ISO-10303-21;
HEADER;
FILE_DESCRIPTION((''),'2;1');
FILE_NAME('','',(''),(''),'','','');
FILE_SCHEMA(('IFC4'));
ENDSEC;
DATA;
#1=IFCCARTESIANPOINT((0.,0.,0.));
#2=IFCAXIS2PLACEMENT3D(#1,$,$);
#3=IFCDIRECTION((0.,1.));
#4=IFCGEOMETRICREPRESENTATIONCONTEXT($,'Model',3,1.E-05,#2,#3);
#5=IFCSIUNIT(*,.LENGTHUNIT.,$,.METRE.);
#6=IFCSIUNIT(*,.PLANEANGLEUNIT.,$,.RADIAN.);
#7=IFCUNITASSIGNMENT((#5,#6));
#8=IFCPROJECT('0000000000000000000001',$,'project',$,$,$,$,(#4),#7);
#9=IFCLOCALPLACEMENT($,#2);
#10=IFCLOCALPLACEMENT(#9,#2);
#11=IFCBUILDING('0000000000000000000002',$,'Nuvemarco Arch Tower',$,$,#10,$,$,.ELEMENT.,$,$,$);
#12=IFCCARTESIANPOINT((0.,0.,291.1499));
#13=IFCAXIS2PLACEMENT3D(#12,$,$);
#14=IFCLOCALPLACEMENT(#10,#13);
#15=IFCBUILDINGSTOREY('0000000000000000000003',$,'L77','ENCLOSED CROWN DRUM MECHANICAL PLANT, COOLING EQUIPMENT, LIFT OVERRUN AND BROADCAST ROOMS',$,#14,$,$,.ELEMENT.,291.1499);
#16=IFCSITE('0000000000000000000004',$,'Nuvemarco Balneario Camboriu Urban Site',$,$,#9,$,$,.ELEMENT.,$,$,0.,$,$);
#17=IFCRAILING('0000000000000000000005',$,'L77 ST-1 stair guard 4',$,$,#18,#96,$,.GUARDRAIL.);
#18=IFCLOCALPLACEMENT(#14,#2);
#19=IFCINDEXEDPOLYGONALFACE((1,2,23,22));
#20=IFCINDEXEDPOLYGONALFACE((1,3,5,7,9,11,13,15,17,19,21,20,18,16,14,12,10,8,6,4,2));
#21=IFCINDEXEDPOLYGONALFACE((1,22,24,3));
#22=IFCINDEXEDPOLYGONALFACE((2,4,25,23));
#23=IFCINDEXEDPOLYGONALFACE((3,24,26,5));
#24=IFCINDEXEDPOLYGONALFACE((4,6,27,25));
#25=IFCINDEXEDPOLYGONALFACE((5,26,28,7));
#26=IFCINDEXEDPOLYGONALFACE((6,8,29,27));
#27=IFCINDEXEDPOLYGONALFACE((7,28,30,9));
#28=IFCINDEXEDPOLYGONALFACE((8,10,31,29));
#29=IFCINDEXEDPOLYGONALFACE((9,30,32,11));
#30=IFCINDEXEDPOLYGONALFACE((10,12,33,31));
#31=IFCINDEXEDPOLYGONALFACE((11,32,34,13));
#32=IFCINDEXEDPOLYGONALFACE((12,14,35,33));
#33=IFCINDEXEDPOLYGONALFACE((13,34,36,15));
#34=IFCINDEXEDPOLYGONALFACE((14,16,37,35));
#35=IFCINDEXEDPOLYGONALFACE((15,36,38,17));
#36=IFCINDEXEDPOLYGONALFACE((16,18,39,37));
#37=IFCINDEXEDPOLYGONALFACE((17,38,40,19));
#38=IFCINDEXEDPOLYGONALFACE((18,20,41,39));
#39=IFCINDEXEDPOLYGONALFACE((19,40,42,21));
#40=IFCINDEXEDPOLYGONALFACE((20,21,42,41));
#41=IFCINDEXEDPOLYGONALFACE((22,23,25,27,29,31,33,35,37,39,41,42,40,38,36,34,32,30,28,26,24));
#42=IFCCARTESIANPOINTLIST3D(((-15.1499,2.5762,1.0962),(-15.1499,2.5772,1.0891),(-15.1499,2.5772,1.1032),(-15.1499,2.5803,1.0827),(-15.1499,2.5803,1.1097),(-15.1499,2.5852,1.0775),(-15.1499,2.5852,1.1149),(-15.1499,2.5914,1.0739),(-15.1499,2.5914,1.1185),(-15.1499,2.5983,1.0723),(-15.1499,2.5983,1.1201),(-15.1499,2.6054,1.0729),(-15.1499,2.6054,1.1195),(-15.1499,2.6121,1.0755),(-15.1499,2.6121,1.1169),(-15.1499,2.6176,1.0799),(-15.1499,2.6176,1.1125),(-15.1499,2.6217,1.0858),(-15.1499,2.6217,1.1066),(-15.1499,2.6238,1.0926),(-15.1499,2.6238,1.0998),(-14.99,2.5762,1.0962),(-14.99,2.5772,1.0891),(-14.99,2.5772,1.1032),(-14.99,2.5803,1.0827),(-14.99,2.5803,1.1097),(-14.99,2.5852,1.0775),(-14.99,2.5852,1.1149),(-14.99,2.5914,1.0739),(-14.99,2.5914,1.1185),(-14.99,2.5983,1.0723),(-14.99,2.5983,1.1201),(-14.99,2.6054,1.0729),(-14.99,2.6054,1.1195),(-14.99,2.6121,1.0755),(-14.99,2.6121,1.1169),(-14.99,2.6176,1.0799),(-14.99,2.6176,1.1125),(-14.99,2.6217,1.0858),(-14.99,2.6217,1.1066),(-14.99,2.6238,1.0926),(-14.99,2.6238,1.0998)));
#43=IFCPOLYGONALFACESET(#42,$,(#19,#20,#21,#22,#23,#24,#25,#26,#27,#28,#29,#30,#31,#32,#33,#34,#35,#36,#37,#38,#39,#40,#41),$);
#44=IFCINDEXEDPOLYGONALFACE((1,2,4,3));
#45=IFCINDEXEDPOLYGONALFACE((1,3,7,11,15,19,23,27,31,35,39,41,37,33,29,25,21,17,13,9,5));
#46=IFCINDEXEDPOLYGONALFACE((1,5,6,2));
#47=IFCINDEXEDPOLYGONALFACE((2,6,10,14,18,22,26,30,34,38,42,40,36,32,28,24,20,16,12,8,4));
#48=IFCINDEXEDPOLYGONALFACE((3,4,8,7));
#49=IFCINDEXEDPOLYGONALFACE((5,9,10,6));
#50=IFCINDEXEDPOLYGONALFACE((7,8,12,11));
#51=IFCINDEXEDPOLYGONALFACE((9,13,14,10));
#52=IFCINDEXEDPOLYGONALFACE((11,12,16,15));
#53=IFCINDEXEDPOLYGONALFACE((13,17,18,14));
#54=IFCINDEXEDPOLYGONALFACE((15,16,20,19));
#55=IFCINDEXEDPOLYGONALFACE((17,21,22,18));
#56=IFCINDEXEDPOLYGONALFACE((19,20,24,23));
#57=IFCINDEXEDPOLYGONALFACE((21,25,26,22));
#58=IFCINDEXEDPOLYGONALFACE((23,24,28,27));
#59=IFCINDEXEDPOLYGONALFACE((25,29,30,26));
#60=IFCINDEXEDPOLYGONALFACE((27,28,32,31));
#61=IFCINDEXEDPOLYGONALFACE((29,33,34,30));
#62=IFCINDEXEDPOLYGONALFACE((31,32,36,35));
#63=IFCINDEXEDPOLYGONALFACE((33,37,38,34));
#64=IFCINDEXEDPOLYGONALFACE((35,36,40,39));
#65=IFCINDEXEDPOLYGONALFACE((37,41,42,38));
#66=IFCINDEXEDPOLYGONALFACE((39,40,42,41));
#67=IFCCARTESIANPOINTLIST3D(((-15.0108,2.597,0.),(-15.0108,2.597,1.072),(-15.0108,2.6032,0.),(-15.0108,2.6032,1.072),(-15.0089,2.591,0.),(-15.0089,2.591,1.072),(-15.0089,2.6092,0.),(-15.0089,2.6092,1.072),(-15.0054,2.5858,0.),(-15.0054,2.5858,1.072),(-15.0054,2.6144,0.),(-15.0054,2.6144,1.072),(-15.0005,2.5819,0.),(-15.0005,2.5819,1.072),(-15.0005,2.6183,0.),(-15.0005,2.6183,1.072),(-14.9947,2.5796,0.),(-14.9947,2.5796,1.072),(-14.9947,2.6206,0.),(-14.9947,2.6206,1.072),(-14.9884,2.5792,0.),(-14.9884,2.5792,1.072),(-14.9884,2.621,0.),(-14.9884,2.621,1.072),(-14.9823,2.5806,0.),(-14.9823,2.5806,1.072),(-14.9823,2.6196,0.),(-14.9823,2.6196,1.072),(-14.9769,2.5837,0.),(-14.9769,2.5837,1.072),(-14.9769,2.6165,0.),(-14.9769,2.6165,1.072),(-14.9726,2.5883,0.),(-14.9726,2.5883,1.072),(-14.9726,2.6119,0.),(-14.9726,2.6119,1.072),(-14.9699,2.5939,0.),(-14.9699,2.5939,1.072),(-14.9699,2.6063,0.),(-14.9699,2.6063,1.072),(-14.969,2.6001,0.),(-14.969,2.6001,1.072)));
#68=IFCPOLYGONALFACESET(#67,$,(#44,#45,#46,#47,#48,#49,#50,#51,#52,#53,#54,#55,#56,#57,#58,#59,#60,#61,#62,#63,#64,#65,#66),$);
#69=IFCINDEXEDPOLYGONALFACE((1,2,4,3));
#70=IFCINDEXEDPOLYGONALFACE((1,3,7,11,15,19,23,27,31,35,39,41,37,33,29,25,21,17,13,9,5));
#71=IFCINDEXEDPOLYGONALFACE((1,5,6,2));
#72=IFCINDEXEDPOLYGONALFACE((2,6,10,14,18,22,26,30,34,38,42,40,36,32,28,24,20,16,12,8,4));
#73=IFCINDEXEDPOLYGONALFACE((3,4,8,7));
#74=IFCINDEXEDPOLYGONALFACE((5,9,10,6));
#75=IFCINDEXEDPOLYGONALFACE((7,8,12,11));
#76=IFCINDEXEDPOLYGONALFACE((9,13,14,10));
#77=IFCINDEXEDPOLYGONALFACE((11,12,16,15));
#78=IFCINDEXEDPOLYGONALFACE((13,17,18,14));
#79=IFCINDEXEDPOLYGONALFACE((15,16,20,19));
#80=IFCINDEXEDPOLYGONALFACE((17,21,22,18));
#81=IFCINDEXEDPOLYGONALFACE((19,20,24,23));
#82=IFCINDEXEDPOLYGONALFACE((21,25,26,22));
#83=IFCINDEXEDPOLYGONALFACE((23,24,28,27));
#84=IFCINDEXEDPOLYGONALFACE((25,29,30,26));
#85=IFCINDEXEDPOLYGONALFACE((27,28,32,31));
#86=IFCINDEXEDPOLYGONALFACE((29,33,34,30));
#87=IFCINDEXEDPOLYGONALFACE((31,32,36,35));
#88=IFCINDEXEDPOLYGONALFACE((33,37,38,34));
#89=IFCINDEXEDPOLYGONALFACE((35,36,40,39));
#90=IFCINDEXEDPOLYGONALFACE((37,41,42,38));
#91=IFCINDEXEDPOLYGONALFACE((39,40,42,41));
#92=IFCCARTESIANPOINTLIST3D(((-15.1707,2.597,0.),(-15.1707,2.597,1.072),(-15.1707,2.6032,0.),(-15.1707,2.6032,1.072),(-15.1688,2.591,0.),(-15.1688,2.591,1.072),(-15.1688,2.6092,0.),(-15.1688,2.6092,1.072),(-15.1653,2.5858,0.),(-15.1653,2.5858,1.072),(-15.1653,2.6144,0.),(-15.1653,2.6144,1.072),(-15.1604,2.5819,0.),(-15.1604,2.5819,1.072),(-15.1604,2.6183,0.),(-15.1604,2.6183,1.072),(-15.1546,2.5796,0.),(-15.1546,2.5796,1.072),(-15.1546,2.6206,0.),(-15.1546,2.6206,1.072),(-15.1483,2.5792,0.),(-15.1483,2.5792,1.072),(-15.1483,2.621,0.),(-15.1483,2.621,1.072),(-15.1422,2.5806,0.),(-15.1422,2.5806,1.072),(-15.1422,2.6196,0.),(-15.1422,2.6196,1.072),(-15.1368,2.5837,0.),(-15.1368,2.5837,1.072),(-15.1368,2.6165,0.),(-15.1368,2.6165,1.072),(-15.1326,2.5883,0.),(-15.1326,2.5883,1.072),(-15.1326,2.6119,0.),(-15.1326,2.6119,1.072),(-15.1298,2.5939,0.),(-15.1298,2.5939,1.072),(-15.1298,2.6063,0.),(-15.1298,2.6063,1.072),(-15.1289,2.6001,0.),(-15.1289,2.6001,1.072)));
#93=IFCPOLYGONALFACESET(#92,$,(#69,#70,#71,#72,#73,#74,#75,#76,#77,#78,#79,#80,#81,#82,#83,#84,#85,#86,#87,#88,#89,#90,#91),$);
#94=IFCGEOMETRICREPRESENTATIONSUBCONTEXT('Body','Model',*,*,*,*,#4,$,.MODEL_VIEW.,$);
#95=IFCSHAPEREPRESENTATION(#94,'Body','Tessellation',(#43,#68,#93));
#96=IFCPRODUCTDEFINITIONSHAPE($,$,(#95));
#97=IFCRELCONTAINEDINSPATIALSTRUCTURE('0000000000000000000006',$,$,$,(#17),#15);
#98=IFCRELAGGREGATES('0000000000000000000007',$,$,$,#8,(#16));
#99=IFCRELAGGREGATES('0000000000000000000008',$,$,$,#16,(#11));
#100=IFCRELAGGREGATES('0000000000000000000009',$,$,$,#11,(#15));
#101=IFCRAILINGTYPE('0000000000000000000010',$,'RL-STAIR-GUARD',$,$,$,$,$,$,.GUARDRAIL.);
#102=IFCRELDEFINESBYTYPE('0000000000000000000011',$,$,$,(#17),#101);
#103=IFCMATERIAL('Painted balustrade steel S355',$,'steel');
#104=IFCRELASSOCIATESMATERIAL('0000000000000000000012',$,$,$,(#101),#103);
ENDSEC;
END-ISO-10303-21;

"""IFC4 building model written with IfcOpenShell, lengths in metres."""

from ifc_helpers import new_model, si_unit, direction, frame, origin, origin_2d, place, context, subcontext, project, spatial, circle, extrude, material, type_object, element, save


model = new_model("IFC4")

# Units and contexts
model_context = context("Model", 3, precision=1e-05, world=origin(), true_north=direction((0.0, 1.0)))
body_context = subcontext(model_context, "Body", "Model", "MODEL_VIEW")
ifc_project = project(units=[si_unit("LENGTHUNIT", "METRE"), si_unit("PLANEANGLEUNIT", "RADIAN")], contexts=[model_context])

# Site, building, storey
site_placement = place(None, origin())
site = spatial("IfcSite", under=ifc_project, at=site_placement, Name="Nuvemarco Balneario Camboriu Urban Site", CompositionType="ELEMENT", RefElevation=0.0)
building_placement = place(site_placement, origin())
building = spatial("IfcBuilding", under=site, at=building_placement, Name="Nuvemarco Arch Tower", CompositionType="ELEMENT")
storey_placement = place(building_placement, frame((0.0, 0.0, 291.1499)))
storey = spatial("IfcBuildingStorey", under=building, at=storey_placement, Name="L77", Description="ENCLOSED CROWN DRUM MECHANICAL PLANT, COOLING EQUIPMENT, LIFT OVERRUN AND BROADCAST ROOMS", CompositionType="ELEMENT", Elevation=291.1499)

# Railing
ifc_material_1 = material(Name="Painted balustrade steel S355", Category="steel")
railing_type_1 = type_object("IfcRailingType", Name="RL-STAIR-GUARD", PredefinedType="GUARDRAIL", material=ifc_material_1)
railing_1_placement = place(storey_placement, frame((-14.99, 2.6001, 0.0)))
element("IfcRailing", 1, at=railing_1_placement, inside=storey, type_object=railing_type_1, Name="L77 ST-1 stair guard 4", PredefinedType="GUARDRAIL", context=body_context, shape_type="SweptSolid", body=[
    extrude(circle(Radius=0.0239, at=origin_2d()), frame((0.0, 0.0, 1.0962), z_axis=(-1.0, 0.0, 0.0), x_axis=(0.0, -1.0, 0.0)), (0.0, 0.0, 1.0), 0.1599),
    extrude(circle(Radius=0.021, at=origin_2d()), origin(), (0.0, 0.0, 1.0), 1.072),
    extrude(circle(Radius=0.021, at=origin_2d()), frame((-0.1599, 0.0, 0.0)), (0.0, 0.0, 1.0), 1.072),
])

save(model, "model.ifc")
